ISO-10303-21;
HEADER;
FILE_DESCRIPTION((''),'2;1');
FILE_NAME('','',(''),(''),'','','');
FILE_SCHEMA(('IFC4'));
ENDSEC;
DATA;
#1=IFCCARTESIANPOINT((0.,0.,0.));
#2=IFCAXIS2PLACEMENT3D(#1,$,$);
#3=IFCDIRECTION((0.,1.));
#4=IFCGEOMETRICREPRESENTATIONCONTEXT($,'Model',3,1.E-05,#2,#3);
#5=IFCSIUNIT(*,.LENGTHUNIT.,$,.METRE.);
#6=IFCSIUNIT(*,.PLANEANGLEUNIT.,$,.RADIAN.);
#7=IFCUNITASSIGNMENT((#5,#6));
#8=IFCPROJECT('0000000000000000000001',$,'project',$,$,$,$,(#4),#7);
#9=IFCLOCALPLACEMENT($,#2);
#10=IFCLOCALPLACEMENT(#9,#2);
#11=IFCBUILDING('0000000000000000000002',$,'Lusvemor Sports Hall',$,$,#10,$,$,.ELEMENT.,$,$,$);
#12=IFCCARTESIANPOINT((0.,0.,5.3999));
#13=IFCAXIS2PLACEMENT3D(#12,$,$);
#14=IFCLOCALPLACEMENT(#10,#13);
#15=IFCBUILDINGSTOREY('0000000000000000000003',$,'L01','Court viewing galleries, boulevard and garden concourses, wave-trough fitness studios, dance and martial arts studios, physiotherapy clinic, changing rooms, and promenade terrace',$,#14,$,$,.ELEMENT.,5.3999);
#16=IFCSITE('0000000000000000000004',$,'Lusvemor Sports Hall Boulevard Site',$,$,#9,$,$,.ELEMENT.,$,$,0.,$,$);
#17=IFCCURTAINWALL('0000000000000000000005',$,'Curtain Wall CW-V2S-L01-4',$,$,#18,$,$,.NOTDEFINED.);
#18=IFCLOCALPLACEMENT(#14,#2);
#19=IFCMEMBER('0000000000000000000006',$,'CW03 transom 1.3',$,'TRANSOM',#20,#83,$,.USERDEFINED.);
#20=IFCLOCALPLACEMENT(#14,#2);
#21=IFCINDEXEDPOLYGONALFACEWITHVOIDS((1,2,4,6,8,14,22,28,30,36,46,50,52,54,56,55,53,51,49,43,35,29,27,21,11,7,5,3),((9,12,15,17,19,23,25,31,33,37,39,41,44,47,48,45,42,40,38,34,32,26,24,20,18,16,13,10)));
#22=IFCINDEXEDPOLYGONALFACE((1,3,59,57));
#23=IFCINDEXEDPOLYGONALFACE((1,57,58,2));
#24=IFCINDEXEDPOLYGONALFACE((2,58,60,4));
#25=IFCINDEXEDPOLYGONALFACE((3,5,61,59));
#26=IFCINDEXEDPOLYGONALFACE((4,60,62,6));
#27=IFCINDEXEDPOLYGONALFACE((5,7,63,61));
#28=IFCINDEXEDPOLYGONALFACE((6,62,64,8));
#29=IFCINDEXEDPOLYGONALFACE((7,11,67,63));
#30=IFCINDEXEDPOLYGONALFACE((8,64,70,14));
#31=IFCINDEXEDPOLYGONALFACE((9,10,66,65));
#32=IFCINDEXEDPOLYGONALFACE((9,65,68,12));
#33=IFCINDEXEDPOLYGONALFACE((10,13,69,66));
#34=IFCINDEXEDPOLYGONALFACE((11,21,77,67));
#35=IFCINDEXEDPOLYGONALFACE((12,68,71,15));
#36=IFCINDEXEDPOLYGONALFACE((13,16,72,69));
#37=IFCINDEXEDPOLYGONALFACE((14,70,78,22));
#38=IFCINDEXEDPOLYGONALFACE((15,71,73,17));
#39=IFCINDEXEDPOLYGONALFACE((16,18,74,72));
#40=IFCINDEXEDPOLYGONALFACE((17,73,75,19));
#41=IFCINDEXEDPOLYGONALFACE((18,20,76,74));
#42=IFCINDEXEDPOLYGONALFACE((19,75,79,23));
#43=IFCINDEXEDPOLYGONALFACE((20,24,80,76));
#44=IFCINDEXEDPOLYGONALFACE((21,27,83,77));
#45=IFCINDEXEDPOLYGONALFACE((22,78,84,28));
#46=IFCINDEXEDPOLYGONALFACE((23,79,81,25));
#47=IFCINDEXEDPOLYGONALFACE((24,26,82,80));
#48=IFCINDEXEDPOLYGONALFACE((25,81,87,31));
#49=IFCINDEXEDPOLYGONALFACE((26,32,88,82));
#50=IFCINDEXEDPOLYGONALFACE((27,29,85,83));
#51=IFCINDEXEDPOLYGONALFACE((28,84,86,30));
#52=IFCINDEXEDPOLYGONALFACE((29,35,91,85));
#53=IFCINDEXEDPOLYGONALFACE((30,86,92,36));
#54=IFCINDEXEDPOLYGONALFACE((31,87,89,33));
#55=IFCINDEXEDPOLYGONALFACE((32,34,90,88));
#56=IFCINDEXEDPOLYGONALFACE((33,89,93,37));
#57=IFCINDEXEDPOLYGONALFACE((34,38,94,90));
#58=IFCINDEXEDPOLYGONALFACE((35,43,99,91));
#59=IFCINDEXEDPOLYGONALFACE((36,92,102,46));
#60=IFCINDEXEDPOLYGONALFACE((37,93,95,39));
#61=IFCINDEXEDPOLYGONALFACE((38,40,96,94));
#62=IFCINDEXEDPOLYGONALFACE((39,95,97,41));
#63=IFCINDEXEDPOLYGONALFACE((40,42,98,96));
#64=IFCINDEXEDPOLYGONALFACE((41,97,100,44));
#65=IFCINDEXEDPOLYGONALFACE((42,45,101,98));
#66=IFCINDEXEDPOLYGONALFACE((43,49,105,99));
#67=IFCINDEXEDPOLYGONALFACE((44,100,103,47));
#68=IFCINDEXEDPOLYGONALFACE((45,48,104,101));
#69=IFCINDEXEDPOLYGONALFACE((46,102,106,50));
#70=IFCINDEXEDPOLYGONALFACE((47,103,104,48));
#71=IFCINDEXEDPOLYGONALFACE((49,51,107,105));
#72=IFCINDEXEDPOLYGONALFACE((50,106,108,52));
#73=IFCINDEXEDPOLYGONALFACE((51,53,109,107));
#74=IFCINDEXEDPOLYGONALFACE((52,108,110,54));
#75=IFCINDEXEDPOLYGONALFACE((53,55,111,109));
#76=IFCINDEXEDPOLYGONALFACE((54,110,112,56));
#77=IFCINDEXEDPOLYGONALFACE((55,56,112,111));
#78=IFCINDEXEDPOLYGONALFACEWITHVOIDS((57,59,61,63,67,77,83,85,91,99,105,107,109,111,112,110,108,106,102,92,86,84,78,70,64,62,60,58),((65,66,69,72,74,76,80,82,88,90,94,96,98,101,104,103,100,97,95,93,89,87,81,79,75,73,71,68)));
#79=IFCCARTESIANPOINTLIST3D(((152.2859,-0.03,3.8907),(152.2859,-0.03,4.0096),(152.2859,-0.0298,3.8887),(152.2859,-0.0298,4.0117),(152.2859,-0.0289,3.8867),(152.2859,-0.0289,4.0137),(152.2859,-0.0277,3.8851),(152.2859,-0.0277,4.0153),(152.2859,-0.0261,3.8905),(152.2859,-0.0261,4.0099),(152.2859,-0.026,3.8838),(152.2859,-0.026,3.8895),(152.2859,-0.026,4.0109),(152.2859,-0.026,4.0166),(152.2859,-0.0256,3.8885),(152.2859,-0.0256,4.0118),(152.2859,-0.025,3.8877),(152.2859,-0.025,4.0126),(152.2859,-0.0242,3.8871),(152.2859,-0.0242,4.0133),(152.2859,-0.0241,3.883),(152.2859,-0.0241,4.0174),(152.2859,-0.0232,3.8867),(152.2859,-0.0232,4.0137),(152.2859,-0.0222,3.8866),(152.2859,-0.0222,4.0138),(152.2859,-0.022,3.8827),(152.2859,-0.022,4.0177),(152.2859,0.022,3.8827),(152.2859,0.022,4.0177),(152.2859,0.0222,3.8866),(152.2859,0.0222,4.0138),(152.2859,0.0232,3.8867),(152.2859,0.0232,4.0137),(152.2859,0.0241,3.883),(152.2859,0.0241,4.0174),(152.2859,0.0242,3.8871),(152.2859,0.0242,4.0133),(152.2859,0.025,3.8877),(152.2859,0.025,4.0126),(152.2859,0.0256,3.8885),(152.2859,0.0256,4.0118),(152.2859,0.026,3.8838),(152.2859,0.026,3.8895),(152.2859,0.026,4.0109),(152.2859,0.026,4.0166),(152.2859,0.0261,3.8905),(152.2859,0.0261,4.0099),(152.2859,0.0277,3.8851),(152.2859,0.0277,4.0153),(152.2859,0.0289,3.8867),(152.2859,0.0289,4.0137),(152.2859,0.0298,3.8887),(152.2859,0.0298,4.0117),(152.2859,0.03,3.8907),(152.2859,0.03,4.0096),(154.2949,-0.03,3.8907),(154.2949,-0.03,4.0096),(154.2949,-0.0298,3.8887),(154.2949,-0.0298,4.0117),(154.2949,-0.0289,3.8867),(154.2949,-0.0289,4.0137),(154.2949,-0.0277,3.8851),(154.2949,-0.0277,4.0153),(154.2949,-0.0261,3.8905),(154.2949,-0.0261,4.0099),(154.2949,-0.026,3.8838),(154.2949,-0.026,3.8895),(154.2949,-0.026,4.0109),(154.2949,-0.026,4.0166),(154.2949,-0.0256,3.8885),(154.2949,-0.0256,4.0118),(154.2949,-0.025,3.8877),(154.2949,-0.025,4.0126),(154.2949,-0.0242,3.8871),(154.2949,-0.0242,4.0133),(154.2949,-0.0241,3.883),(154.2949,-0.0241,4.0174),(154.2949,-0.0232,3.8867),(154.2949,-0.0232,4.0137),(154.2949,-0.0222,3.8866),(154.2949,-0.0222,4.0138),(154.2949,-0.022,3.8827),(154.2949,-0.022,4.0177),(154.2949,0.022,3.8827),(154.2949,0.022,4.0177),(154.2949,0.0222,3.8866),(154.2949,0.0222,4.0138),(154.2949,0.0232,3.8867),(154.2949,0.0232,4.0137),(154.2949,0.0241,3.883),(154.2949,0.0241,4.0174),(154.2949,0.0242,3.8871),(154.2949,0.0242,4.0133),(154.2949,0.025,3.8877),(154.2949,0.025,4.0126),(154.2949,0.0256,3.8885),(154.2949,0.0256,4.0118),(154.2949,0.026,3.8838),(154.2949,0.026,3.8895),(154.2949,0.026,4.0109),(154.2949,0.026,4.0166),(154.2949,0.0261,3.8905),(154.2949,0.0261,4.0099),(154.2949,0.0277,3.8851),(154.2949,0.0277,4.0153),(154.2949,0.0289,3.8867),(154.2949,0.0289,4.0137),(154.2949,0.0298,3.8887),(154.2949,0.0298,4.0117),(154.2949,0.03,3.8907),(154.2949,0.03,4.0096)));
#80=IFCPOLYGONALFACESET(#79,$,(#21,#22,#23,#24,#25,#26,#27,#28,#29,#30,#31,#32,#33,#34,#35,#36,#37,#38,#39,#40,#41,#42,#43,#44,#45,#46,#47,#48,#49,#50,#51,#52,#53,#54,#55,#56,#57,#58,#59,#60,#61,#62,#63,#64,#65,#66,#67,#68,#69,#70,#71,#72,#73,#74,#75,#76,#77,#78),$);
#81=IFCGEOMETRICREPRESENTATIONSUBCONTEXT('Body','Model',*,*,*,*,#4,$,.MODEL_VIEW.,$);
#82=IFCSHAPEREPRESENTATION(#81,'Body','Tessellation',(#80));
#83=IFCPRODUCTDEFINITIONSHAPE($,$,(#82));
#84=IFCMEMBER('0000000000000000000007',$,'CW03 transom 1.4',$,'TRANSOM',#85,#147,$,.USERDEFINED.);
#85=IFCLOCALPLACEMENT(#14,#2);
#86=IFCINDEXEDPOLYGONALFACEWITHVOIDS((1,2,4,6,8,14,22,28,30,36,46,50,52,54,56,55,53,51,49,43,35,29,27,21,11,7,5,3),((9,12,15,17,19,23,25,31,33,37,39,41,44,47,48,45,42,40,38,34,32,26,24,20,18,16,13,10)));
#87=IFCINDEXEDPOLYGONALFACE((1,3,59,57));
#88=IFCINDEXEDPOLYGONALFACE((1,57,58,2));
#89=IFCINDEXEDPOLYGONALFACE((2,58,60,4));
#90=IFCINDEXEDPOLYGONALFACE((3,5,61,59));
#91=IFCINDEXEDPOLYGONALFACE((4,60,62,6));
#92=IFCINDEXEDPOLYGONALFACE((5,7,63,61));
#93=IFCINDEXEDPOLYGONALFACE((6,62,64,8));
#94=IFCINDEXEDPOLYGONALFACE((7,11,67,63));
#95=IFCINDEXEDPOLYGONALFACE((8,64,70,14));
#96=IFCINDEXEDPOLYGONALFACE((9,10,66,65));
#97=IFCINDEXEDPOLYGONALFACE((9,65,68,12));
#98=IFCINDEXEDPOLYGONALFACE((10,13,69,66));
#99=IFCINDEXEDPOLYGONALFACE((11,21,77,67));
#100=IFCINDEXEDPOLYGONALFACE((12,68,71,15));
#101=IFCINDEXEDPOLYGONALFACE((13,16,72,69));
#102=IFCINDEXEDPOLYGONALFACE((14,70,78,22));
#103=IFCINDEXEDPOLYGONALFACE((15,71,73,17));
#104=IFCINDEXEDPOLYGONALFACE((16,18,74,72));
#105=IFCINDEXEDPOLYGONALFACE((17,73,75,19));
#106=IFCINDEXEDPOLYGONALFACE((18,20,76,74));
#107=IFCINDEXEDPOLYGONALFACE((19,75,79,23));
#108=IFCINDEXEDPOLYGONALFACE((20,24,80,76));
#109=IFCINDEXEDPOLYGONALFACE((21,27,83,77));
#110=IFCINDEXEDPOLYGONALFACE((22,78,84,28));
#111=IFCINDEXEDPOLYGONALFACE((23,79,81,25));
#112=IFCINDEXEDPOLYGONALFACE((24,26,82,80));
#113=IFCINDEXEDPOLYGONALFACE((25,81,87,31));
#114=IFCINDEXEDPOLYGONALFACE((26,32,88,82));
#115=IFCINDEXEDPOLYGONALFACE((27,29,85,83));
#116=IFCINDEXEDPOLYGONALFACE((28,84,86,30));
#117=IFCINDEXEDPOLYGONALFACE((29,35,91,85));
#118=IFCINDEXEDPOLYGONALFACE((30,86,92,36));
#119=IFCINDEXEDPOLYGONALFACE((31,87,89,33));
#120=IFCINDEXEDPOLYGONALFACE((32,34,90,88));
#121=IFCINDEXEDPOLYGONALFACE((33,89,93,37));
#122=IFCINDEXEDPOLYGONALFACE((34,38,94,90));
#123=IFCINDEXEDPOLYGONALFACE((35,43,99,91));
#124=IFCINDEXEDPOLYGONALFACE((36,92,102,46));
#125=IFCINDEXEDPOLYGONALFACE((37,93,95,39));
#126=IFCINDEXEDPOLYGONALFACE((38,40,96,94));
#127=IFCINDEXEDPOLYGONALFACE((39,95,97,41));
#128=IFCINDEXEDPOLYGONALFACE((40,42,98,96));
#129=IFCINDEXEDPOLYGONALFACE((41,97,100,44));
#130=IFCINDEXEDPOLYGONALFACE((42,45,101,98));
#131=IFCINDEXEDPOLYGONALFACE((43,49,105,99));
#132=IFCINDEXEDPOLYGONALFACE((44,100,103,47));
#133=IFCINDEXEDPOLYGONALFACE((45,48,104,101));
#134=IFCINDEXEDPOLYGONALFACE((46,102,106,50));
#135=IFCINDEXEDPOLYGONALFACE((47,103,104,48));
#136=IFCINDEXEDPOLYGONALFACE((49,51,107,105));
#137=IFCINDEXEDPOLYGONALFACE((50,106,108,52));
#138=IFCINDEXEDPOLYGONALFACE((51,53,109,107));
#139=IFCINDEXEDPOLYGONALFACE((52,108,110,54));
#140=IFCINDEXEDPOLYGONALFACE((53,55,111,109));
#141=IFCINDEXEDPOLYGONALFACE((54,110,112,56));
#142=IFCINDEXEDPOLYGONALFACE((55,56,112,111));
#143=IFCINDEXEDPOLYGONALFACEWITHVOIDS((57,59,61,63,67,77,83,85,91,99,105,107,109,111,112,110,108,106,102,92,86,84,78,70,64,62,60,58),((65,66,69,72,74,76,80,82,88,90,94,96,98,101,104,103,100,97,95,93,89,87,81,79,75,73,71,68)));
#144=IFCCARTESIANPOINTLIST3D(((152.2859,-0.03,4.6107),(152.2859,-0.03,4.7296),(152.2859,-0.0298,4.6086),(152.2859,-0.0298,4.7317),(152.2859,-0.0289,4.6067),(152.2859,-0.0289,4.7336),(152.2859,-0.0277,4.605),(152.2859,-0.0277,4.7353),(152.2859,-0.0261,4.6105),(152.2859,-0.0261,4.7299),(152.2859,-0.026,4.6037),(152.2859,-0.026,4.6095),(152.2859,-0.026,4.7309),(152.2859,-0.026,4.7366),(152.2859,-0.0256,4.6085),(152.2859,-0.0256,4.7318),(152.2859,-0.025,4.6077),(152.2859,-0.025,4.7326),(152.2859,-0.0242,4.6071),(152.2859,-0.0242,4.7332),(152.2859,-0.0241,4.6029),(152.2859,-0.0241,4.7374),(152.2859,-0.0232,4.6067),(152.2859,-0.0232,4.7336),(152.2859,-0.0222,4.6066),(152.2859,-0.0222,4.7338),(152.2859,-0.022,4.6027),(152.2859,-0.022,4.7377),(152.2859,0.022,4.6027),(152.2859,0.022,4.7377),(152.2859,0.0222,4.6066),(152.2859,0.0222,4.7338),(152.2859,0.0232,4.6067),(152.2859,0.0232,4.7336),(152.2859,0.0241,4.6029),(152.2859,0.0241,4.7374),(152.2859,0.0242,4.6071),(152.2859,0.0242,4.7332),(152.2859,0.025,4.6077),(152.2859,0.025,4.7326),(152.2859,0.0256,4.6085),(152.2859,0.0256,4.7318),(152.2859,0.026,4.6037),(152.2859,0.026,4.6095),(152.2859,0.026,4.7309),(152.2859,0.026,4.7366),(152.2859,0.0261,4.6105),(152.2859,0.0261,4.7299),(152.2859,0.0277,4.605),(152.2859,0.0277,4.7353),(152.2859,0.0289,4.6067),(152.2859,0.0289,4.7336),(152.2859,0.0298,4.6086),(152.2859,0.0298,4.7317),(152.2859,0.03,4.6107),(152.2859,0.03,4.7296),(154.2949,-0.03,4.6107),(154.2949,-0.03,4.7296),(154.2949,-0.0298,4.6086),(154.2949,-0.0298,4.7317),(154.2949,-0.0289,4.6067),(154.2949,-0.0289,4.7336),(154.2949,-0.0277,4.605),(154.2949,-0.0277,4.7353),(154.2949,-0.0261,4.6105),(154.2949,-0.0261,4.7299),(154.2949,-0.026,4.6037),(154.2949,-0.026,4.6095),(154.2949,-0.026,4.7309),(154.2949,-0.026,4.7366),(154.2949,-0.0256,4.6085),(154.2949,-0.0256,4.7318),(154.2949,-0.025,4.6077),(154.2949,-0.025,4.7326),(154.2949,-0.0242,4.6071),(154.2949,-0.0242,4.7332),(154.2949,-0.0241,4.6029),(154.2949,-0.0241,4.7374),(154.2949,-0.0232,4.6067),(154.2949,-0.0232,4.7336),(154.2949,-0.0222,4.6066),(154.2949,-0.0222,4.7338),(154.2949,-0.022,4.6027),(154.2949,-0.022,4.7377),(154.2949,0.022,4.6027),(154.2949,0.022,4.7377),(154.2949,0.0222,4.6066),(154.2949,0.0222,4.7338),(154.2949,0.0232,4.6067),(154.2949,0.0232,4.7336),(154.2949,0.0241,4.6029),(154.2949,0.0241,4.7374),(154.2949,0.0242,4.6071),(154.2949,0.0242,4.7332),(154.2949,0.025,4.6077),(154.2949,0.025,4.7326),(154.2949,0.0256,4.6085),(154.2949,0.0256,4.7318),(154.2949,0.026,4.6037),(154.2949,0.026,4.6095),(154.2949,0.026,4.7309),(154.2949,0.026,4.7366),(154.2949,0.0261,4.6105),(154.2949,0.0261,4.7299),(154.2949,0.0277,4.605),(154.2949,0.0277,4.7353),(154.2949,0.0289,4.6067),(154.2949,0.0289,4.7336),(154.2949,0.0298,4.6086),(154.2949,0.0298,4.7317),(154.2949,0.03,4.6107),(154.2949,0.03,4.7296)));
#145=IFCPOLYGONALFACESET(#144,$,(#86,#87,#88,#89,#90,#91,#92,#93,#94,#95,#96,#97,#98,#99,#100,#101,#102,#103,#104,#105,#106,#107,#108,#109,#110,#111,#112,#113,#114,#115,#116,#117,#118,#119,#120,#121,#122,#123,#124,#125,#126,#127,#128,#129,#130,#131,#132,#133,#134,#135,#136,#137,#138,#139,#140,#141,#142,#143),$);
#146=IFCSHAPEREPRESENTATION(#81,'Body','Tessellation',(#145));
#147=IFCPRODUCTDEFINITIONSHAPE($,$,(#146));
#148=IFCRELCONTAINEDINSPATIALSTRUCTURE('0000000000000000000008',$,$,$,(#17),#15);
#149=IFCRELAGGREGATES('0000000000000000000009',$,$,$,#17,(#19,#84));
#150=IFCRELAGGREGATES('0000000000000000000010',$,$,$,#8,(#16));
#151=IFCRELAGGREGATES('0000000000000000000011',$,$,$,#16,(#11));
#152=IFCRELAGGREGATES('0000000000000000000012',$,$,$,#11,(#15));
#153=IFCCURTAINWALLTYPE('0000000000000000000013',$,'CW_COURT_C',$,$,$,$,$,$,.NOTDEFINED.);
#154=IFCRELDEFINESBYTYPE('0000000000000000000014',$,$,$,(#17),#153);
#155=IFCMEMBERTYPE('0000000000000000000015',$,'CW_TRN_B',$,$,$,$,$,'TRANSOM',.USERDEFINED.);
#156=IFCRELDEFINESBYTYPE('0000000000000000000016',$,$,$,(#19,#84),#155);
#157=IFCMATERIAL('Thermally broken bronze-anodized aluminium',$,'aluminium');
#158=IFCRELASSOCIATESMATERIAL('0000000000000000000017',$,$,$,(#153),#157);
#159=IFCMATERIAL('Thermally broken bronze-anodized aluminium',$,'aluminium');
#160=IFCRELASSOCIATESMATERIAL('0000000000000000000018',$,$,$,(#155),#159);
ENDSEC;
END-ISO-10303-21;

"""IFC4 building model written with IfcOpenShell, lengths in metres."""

from ifc_helpers import new_model, si_unit, direction, frame, origin, origin_2d, place, context, subcontext, project, spatial, hollow_rectangle, extrude, material, material_profile, profile_set, type_object, element, aggregate, save


model = new_model("IFC4")

# Units and contexts
model_context = context("Model", 3, precision=1e-05, world=origin(), true_north=direction((0.0, 1.0)))
body_context = subcontext(model_context, "Body", "Model", "MODEL_VIEW")
ifc_project = project(units=[si_unit("LENGTHUNIT", "METRE"), si_unit("PLANEANGLEUNIT", "RADIAN")], contexts=[model_context])

# Site, building, storey
site_placement = place(None, origin())
site = spatial("IfcSite", under=ifc_project, at=site_placement, Name="Lusvemor Sports Hall Boulevard Site", CompositionType="ELEMENT", RefElevation=0.0)
building_placement = place(site_placement, origin())
building = spatial("IfcBuilding", under=site, at=building_placement, Name="Lusvemor Sports Hall", CompositionType="ELEMENT")
storey_placement = place(building_placement, frame((0.0, 0.0, 5.3999)))
storey = spatial("IfcBuildingStorey", under=building, at=storey_placement, Name="L01", Description="Court viewing galleries, boulevard and garden concourses, wave-trough fitness studios, dance and martial arts studios, physiotherapy clinic, changing rooms, and promenade terrace", CompositionType="ELEMENT", Elevation=5.3999)

# Curtain wall
ifc_material_1 = material(Name="Thermally broken bronze-anodized aluminium", Category="aluminium")
curtain_wall_type = type_object("IfcCurtainWallType", Name="CW_COURT_C", PredefinedType="NOTDEFINED", material=ifc_material_1)
curtain_wall_1_placement = place(storey_placement, origin())
curtain_wall_1 = element("IfcCurtainWall", 1, at=curtain_wall_1_placement, inside=storey, type_object=curtain_wall_type, Name="Curtain Wall CW-V2S-L01-4", PredefinedType="NOTDEFINED")

# Members
ifc_material_2 = material(Name="Thermally broken bronze-anodized aluminium", Category="aluminium")
ifc_material_profile_1 = material_profile(ifc_material_2, hollow_rectangle(XDim=0.0601, YDim=0.135, WallThickness=0.0039, InnerFilletRadius=0.0039, OuterFilletRadius=0.0081, at=origin_2d()), Name="CWTRN135x60x4")
ifc_profile_set_1 = profile_set([ifc_material_profile_1], Name="Thermally broken bronze-anodized aluminium")
member_type_1 = type_object("IfcMemberType", Name="CW_TRN_B", ElementType="TRANSOM", PredefinedType="USERDEFINED", material=ifc_profile_set_1)
member_1_placement = place(storey_placement, frame((154.2949, 0.0, 3.9502), z_axis=(-1.0, 0.0, 0.0), x_axis=(0.0, -1.0, 0.0)))
member_1 = element("IfcMember", 2, at=member_1_placement, type_object=member_type_1, Name="CW03 transom 1.3", ObjectType="TRANSOM", PredefinedType="USERDEFINED", context=body_context, shape_type="SweptSolid", body=[
    extrude(hollow_rectangle(XDim=0.0601, YDim=0.135, WallThickness=0.0039, InnerFilletRadius=0.0039, OuterFilletRadius=0.0081, at=origin_2d()), origin(), (0.0, 0.0, 1.0), 2.009),
])
member_2_placement = place(storey_placement, frame((154.2949, 0.0, 4.6702), z_axis=(-1.0, 0.0, 0.0), x_axis=(0.0, -1.0, 0.0)))
member_2 = element("IfcMember", 3, at=member_2_placement, type_object=member_type_1, Name="CW03 transom 1.4", ObjectType="TRANSOM", PredefinedType="USERDEFINED", context=body_context, shape_type="SweptSolid", body=[
    extrude(hollow_rectangle(XDim=0.0601, YDim=0.135, WallThickness=0.0039, InnerFilletRadius=0.0039, OuterFilletRadius=0.0081, at=origin_2d()), origin(), (0.0, 0.0, 1.0), 2.009),
])

aggregate(curtain_wall_1, [member_1, member_2])

save(model, "model.ifc")
